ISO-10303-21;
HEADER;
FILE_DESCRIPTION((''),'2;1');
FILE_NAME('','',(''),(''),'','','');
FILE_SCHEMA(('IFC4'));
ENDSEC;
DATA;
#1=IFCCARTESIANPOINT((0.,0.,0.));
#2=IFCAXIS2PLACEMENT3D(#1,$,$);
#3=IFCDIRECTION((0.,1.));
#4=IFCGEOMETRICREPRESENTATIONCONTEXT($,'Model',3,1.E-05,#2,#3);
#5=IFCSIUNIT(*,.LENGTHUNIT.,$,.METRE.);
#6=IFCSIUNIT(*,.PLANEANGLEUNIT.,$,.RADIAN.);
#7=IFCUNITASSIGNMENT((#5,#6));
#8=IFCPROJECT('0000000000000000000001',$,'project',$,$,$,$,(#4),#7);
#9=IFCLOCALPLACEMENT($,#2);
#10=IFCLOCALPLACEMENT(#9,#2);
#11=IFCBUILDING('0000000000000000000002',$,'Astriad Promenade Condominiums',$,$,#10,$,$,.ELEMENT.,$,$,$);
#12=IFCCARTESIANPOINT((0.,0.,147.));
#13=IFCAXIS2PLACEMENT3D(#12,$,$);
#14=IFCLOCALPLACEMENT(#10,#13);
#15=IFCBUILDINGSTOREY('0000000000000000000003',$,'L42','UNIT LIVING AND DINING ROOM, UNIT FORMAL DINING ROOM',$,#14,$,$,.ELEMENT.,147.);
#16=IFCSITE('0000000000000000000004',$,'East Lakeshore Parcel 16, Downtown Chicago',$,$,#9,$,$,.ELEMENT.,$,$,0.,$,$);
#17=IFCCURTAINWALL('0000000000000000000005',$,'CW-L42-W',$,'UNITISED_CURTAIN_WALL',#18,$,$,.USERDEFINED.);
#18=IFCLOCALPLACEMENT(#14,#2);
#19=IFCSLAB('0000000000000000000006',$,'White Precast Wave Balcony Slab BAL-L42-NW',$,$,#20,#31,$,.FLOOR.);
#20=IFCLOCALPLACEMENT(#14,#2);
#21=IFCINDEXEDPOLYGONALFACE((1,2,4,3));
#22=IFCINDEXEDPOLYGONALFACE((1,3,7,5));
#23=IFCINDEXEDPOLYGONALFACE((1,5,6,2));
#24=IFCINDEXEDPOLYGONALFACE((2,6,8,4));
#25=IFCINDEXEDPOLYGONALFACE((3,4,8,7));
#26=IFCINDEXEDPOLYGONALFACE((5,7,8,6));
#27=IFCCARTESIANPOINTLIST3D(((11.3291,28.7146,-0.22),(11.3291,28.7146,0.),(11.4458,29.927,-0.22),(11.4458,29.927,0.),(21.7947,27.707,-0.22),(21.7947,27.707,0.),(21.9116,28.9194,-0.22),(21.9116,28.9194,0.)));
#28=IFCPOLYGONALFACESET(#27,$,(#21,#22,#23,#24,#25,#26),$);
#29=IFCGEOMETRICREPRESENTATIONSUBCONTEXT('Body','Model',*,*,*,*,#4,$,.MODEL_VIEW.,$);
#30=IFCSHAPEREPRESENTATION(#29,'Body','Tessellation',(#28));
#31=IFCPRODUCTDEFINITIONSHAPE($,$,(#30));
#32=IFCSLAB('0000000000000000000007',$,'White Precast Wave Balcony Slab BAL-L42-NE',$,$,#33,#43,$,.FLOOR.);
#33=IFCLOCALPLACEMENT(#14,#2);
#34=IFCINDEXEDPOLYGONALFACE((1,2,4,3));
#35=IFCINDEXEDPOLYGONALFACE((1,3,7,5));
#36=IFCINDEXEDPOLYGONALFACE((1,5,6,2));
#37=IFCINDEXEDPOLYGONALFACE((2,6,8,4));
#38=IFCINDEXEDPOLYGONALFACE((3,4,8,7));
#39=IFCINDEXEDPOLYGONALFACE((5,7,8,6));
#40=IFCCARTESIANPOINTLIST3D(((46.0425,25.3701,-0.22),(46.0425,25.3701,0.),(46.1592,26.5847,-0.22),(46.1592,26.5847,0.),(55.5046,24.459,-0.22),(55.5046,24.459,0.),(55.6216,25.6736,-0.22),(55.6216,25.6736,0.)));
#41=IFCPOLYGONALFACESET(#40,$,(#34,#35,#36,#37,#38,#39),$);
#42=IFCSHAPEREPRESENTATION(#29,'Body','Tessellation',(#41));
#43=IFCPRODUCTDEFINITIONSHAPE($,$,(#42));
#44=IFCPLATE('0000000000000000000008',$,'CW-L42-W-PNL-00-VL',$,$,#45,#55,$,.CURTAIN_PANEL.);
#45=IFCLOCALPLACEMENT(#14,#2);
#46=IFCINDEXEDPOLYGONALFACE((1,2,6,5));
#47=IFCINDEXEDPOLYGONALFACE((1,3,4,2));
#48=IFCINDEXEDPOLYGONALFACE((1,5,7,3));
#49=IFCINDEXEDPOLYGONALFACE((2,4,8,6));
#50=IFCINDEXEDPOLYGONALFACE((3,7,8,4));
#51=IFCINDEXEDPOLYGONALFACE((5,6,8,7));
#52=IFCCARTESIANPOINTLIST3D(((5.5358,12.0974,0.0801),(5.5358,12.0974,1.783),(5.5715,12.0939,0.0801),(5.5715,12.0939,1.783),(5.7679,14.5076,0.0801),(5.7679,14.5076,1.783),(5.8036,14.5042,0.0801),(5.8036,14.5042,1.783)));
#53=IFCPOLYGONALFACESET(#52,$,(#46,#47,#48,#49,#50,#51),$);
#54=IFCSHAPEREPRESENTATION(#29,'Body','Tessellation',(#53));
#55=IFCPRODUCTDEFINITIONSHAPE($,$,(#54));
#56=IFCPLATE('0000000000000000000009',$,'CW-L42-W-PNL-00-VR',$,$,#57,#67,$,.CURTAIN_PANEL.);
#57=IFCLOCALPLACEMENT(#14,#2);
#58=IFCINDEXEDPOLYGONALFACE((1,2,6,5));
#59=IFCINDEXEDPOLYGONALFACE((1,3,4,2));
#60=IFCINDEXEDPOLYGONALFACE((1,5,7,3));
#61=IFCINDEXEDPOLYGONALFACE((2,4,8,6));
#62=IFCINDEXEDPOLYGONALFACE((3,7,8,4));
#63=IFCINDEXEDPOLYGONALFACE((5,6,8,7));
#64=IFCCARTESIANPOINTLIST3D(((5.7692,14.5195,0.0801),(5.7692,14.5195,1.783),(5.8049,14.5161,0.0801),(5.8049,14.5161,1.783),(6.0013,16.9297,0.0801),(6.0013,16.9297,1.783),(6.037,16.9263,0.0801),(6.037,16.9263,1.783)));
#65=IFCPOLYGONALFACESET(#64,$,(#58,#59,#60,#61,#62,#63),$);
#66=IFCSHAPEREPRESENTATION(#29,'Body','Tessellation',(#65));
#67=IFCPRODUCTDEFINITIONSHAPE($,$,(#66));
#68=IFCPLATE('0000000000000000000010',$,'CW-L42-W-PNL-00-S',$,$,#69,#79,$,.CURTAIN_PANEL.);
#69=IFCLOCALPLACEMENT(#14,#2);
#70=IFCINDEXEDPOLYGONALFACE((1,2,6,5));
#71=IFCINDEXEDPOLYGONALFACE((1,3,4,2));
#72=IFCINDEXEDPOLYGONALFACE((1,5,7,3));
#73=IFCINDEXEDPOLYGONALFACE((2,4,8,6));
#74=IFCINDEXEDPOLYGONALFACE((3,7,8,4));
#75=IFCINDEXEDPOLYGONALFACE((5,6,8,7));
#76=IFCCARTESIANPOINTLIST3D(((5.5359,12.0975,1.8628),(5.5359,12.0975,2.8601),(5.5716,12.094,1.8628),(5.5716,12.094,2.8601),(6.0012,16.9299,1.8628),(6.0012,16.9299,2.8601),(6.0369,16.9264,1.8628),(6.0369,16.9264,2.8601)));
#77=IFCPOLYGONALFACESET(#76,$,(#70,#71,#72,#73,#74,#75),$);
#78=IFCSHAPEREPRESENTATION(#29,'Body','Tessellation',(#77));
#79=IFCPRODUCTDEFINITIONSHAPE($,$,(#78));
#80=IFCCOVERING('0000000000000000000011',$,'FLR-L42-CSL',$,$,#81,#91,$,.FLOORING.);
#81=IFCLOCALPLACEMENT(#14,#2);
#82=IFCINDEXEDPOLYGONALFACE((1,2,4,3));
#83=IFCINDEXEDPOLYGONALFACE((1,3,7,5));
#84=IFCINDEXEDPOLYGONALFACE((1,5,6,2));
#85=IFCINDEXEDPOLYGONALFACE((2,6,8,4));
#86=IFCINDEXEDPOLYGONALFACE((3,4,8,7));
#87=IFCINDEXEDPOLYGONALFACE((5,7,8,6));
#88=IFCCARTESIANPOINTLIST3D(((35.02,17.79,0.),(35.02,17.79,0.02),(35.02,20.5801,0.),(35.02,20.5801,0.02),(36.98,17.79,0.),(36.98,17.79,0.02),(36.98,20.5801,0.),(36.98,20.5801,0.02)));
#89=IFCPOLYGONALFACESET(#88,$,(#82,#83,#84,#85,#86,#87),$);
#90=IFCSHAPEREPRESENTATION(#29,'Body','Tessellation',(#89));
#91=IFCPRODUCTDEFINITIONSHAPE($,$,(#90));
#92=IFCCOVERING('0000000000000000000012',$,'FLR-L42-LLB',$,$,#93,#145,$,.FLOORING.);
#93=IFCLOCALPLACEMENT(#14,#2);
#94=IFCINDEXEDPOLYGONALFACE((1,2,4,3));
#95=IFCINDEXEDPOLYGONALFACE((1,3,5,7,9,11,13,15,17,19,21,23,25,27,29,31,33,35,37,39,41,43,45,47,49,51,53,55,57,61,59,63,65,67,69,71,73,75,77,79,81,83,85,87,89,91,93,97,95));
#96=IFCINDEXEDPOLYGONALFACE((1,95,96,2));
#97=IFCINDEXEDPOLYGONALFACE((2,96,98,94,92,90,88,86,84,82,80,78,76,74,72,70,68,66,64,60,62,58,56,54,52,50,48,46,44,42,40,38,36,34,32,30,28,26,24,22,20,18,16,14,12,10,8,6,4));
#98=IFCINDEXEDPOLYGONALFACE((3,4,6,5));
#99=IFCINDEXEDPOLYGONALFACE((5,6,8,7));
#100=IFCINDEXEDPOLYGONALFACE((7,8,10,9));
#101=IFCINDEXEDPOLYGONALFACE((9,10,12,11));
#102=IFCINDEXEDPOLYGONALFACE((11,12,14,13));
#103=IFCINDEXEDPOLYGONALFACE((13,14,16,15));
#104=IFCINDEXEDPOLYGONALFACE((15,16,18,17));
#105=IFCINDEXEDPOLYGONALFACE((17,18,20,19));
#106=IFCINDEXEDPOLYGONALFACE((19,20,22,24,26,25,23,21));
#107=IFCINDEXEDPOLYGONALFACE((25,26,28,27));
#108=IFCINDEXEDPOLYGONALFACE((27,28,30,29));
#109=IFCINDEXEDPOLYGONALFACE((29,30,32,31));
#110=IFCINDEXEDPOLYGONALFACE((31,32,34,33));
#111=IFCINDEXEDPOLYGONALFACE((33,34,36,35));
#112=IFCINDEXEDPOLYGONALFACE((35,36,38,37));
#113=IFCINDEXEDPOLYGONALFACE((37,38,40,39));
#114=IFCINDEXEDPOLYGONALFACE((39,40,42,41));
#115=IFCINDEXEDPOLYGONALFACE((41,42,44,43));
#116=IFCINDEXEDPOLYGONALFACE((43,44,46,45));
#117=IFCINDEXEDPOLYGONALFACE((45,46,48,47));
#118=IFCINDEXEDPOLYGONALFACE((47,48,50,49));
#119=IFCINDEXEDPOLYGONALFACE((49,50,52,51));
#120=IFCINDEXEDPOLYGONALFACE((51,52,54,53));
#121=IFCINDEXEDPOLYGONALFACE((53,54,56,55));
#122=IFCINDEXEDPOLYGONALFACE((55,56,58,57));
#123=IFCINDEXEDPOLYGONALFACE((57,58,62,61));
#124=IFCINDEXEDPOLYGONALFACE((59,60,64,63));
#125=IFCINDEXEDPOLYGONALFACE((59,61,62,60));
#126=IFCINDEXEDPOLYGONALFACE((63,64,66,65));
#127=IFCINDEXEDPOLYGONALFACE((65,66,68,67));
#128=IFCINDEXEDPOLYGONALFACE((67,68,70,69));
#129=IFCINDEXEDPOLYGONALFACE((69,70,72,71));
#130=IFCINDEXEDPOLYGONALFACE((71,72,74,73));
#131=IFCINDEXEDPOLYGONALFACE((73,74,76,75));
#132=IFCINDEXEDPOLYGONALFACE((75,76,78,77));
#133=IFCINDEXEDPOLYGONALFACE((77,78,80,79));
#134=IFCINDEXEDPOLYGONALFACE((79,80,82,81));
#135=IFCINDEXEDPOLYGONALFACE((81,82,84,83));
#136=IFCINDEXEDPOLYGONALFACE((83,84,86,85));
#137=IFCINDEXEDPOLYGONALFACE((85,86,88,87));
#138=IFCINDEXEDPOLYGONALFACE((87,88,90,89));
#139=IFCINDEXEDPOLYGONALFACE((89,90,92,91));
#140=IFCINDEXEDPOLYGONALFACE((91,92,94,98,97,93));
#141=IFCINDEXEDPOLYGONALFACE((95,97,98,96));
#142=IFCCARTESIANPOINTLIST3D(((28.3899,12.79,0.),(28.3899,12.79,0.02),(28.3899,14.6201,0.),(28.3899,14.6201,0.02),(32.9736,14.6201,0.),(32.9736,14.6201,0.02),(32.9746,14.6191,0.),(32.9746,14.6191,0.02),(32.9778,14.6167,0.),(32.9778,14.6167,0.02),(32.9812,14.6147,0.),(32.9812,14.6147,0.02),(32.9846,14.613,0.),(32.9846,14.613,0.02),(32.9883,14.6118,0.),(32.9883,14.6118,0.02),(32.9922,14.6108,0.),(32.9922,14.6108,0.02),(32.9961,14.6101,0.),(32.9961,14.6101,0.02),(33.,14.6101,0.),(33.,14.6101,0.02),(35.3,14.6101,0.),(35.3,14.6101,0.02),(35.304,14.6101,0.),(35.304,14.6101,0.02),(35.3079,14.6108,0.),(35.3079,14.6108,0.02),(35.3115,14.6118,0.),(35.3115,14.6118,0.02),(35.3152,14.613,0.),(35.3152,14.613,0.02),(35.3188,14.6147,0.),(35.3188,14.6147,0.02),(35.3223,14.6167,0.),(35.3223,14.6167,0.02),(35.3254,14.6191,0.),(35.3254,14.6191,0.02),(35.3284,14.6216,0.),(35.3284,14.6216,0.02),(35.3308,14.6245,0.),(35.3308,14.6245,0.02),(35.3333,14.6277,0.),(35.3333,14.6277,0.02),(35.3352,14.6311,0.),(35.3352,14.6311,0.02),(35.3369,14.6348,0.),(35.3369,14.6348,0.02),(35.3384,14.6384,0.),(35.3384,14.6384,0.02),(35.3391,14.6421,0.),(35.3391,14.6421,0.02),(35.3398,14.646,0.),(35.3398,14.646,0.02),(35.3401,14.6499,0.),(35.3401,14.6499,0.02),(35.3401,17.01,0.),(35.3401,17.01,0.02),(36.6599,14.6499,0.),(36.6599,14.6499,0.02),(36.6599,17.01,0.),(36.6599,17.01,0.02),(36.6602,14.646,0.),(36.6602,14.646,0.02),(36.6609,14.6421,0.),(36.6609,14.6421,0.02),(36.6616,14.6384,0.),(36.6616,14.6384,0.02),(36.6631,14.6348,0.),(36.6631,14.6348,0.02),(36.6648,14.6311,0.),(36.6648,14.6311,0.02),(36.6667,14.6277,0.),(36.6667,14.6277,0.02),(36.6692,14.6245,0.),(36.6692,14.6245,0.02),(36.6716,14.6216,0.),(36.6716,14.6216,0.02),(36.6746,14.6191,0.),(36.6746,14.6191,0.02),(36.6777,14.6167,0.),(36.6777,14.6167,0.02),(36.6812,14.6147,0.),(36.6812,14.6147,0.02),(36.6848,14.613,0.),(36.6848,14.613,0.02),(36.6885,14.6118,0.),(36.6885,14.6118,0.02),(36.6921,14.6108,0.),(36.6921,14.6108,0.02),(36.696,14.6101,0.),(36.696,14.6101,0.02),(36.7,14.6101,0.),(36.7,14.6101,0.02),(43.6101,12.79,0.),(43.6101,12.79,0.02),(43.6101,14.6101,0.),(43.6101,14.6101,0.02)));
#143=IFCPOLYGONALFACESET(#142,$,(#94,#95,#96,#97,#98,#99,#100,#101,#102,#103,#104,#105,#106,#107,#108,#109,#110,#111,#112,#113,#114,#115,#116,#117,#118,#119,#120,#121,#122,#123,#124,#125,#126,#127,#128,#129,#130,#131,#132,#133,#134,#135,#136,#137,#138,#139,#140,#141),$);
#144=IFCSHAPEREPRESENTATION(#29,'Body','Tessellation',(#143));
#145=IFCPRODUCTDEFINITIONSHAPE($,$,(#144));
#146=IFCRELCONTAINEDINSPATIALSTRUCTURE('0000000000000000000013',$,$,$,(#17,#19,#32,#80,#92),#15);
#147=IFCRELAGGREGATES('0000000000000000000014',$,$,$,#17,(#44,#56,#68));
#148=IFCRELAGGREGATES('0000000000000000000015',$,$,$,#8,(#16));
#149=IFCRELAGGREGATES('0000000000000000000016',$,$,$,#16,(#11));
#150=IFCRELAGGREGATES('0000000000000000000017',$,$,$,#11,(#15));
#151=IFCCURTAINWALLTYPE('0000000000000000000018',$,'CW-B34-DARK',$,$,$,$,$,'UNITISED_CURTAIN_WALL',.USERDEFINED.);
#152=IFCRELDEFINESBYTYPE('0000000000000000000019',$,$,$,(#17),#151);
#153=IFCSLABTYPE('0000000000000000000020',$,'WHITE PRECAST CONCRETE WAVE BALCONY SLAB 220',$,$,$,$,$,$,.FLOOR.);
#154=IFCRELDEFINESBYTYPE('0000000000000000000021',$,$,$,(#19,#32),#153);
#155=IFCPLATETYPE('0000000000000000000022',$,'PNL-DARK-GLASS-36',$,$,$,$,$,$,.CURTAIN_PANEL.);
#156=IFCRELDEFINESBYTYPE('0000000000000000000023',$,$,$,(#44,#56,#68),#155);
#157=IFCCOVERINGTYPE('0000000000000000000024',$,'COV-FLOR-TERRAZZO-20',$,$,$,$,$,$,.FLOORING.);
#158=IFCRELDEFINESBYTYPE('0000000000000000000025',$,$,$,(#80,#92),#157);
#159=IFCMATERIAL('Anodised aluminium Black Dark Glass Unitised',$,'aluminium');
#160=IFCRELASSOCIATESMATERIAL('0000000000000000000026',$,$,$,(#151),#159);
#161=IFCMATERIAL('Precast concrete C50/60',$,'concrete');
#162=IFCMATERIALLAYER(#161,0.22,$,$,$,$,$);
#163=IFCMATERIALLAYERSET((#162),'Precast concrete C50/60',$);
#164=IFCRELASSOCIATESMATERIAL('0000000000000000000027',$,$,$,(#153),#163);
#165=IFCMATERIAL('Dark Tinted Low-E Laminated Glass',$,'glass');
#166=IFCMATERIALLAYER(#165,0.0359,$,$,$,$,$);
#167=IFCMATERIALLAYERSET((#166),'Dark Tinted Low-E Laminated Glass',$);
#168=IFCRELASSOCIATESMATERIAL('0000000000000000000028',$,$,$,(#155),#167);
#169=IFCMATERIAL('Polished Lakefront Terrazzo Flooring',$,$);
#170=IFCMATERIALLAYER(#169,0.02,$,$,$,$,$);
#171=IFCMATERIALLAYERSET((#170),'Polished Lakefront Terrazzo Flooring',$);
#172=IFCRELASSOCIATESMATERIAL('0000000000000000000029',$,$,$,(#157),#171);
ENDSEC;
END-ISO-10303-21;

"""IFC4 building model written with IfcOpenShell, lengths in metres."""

from ifc_helpers import new_model, si_unit, direction, frame, origin, origin_2d, place, context, subcontext, project, spatial, polyline, rectangle, outline, extrude, source, transform, mapped, material, layer, layer_set, type_object, type_shapes, element, aggregate, save


model = new_model("IFC4")

# Units and contexts
model_context = context("Model", 3, precision=1e-05, world=origin(), true_north=direction((0.0, 1.0)))
body_context = subcontext(model_context, "Body", "Model", "MODEL_VIEW")
ifc_project = project(units=[si_unit("LENGTHUNIT", "METRE"), si_unit("PLANEANGLEUNIT", "RADIAN")], contexts=[model_context])

# Site, building, storey
site_placement = place(None, origin())
site = spatial("IfcSite", under=ifc_project, at=site_placement, Name="East Lakeshore Parcel 16, Downtown Chicago", CompositionType="ELEMENT", RefElevation=0.0)
building_placement = place(site_placement, origin())
building = spatial("IfcBuilding", under=site, at=building_placement, Name="Astriad Promenade Condominiums", CompositionType="ELEMENT")
storey_placement = place(building_placement, frame((0.0, 0.0, 147.0)))
storey = spatial("IfcBuildingStorey", under=building, at=storey_placement, Name="L42", Description="UNIT LIVING AND DINING ROOM, UNIT FORMAL DINING ROOM", CompositionType="ELEMENT", Elevation=147.0)

# Curtain wall
ifc_material_1 = material(Name="Anodised aluminium Black Dark Glass Unitised", Category="aluminium")
curtain_wall_type = type_object("IfcCurtainWallType", Name="CW-B34-DARK", ElementType="UNITISED_CURTAIN_WALL", PredefinedType="USERDEFINED", material=ifc_material_1)
curtain_wall_placement = place(storey_placement, origin())
curtain_wall = element("IfcCurtainWall", 1, at=curtain_wall_placement, inside=storey, type_object=curtain_wall_type, Name="CW-L42-W", ObjectType="UNITISED_CURTAIN_WALL", PredefinedType="USERDEFINED")

# Slabs
ifc_material_2 = material(Name="Precast concrete C50/60", Category="concrete")
ifc_layer_1 = layer(ifc_material_2, 0.22)
ifc_layer_set_1 = layer_set([ifc_layer_1], Name="Precast concrete C50/60")
slab_type_1 = type_object("IfcSlabType", Name="WHITE PRECAST CONCRETE WAVE BALCONY SLAB 220", PredefinedType="FLOOR", material=ifc_layer_set_1)
slab_1_placement = place(storey_placement, frame((0.0, 0.0, -0.22)))
element("IfcSlab", 2, at=slab_1_placement, inside=storey, type_object=slab_type_1, Name="White Precast Wave Balcony Slab BAL-L42-NW", PredefinedType="FLOOR", context=body_context, shape_type="SweptSolid", body=[
    extrude(outline(polyline([(11.4458, 29.927), (21.9116, 28.9194), (21.7947, 27.707), (11.3291, 28.7146), (11.4458, 29.927)])), origin(), (0.0, 0.0, 1.0), 0.22),
])
slab_2_placement = place(storey_placement, frame((0.0, 0.0, -0.22)))
element("IfcSlab", 3, at=slab_2_placement, inside=storey, type_object=slab_type_1, Name="White Precast Wave Balcony Slab BAL-L42-NE", PredefinedType="FLOOR", context=body_context, shape_type="SweptSolid", body=[
    extrude(outline(polyline([(46.0425, 25.3701), (55.5046, 24.459), (55.6216, 25.6736), (46.1592, 26.5847), (46.0425, 25.3701)])), origin(), (0.0, 0.0, 1.0), 0.22),
])

# Plates
ifc_material_3 = material(Name="Dark Tinted Low-E Laminated Glass", Category="glass")
ifc_layer_2 = layer(ifc_material_3, 0.0359)
ifc_layer_set_2 = layer_set([ifc_layer_2], Name="Dark Tinted Low-E Laminated Glass")
plate_type = type_object("IfcPlateType", Name="PNL-DARK-GLASS-36", PredefinedType="CURTAIN_PANEL", material=ifc_layer_set_2)
shared_shape_1 = source(origin(), body_context, "Body", "SweptSolid", [
    extrude(rectangle(XDim=2.4214, YDim=0.0359, at=origin_2d()), origin(), (0.0, 0.0, 1.0), 1.7029),
])
plate_1_placement = place(storey_placement, frame((5.6697, 13.3008, 0.0801), z_axis=(0.0, 0.0, 1.0), x_axis=(0.095846, 0.995396, 0.0)))
plate_1 = element("IfcPlate", 4, at=plate_1_placement, type_object=plate_type, Name="CW-L42-W-PNL-00-VL", PredefinedType="CURTAIN_PANEL", context=body_context, shape_type="MappedRepresentation", body=[
    mapped(shared_shape_1, transform((0.0, 0.0, 0.0), scale=1.0)),
])
plate_2_placement = place(storey_placement, frame((5.9031, 15.7229, 0.0801), z_axis=(0.0, 0.0, 1.0), x_axis=(0.095846, 0.995396, 0.0)))
plate_2 = element("IfcPlate", 5, at=plate_2_placement, type_object=plate_type, Name="CW-L42-W-PNL-00-VR", PredefinedType="CURTAIN_PANEL", context=body_context, shape_type="MappedRepresentation", body=[
    mapped(shared_shape_1, transform((0.0, 0.0, 0.0), scale=1.0)),
])
shared_shape_2 = source(origin(), body_context, "Body", "SweptSolid", [
    extrude(rectangle(XDim=4.8547, YDim=0.0359, at=origin_2d()), origin(), (0.0, 0.0, 1.0), 0.9973),
])
type_shapes(plate_type, [shared_shape_1, shared_shape_2])
plate_3_placement = place(storey_placement, frame((5.7864, 14.512, 1.8628), z_axis=(0.0, 0.0, 1.0), x_axis=(0.095846, 0.995396, 0.0)))
plate_3 = element("IfcPlate", 6, at=plate_3_placement, type_object=plate_type, Name="CW-L42-W-PNL-00-S", PredefinedType="CURTAIN_PANEL", context=body_context, shape_type="MappedRepresentation", body=[
    mapped(shared_shape_2, transform((0.0, 0.0, 0.0), scale=1.0)),
])
aggregate(curtain_wall, [plate_1, plate_2, plate_3])

# Coverings
ifc_material_4 = material(Name="Polished Lakefront Terrazzo Flooring")
ifc_layer_3 = layer(ifc_material_4, 0.02)
ifc_layer_set_3 = layer_set([ifc_layer_3], Name="Polished Lakefront Terrazzo Flooring")
covering_type = type_object("IfcCoveringType", Name="COV-FLOR-TERRAZZO-20", PredefinedType="FLOORING", material=ifc_layer_set_3)
covering_1_placement = place(storey_placement, origin())
element("IfcCovering", 7, at=covering_1_placement, inside=storey, type_object=covering_type, Name="FLR-L42-CSL", PredefinedType="FLOORING", context=body_context, shape_type="SweptSolid", body=[
    extrude(outline(polyline([(36.98, 17.79), (35.02, 17.79), (35.02, 20.5801), (36.98, 20.5801), (36.98, 17.79)])), origin(), (0.0, 0.0, 1.0), 0.02),
])
covering_2_placement = place(storey_placement, origin())
element("IfcCovering", 8, at=covering_2_placement, inside=storey, type_object=covering_type, Name="FLR-L42-LLB", PredefinedType="FLOORING", context=body_context, shape_type="SweptSolid", body=[
    extrude(outline(polyline([(32.9736, 14.6201), (32.9746, 14.6191), (32.9778, 14.6167), (32.9812, 14.6147), (32.9846, 14.613), (32.9883, 14.6118), (32.9922, 14.6108), (32.9961, 14.6101), (33.0, 14.6101), (35.3, 14.6101), (35.304, 14.6101), (35.3079, 14.6108), (35.3115, 14.6118), (35.3152, 14.613), (35.3188, 14.6147), (35.3223, 14.6167), (35.3254, 14.6191), (35.3284, 14.6216), (35.3308, 14.6245), (35.3333, 14.6277), (35.3352, 14.6311), (35.3369, 14.6348), (35.3384, 14.6384), (35.3391, 14.6421), (35.3398, 14.646), (35.3401, 14.6499), (35.3401, 17.01), (36.6599, 17.01), (36.6599, 14.6499), (36.6602, 14.646), (36.6609, 14.6421), (36.6616, 14.6384), (36.6631, 14.6348), (36.6648, 14.6311), (36.6667, 14.6277), (36.6692, 14.6245), (36.6716, 14.6216), (36.6746, 14.6191), (36.6777, 14.6167), (36.6812, 14.6147), (36.6848, 14.613), (36.6885, 14.6118), (36.6921, 14.6108), (36.696, 14.6101), (36.7, 14.6101), (43.6101, 14.6101), (43.6101, 12.79), (28.3899, 12.79), (28.3899, 14.6201), (32.9736, 14.6201)])), origin(), (0.0, 0.0, 1.0), 0.02),
])

save(model, "model.ifc")
